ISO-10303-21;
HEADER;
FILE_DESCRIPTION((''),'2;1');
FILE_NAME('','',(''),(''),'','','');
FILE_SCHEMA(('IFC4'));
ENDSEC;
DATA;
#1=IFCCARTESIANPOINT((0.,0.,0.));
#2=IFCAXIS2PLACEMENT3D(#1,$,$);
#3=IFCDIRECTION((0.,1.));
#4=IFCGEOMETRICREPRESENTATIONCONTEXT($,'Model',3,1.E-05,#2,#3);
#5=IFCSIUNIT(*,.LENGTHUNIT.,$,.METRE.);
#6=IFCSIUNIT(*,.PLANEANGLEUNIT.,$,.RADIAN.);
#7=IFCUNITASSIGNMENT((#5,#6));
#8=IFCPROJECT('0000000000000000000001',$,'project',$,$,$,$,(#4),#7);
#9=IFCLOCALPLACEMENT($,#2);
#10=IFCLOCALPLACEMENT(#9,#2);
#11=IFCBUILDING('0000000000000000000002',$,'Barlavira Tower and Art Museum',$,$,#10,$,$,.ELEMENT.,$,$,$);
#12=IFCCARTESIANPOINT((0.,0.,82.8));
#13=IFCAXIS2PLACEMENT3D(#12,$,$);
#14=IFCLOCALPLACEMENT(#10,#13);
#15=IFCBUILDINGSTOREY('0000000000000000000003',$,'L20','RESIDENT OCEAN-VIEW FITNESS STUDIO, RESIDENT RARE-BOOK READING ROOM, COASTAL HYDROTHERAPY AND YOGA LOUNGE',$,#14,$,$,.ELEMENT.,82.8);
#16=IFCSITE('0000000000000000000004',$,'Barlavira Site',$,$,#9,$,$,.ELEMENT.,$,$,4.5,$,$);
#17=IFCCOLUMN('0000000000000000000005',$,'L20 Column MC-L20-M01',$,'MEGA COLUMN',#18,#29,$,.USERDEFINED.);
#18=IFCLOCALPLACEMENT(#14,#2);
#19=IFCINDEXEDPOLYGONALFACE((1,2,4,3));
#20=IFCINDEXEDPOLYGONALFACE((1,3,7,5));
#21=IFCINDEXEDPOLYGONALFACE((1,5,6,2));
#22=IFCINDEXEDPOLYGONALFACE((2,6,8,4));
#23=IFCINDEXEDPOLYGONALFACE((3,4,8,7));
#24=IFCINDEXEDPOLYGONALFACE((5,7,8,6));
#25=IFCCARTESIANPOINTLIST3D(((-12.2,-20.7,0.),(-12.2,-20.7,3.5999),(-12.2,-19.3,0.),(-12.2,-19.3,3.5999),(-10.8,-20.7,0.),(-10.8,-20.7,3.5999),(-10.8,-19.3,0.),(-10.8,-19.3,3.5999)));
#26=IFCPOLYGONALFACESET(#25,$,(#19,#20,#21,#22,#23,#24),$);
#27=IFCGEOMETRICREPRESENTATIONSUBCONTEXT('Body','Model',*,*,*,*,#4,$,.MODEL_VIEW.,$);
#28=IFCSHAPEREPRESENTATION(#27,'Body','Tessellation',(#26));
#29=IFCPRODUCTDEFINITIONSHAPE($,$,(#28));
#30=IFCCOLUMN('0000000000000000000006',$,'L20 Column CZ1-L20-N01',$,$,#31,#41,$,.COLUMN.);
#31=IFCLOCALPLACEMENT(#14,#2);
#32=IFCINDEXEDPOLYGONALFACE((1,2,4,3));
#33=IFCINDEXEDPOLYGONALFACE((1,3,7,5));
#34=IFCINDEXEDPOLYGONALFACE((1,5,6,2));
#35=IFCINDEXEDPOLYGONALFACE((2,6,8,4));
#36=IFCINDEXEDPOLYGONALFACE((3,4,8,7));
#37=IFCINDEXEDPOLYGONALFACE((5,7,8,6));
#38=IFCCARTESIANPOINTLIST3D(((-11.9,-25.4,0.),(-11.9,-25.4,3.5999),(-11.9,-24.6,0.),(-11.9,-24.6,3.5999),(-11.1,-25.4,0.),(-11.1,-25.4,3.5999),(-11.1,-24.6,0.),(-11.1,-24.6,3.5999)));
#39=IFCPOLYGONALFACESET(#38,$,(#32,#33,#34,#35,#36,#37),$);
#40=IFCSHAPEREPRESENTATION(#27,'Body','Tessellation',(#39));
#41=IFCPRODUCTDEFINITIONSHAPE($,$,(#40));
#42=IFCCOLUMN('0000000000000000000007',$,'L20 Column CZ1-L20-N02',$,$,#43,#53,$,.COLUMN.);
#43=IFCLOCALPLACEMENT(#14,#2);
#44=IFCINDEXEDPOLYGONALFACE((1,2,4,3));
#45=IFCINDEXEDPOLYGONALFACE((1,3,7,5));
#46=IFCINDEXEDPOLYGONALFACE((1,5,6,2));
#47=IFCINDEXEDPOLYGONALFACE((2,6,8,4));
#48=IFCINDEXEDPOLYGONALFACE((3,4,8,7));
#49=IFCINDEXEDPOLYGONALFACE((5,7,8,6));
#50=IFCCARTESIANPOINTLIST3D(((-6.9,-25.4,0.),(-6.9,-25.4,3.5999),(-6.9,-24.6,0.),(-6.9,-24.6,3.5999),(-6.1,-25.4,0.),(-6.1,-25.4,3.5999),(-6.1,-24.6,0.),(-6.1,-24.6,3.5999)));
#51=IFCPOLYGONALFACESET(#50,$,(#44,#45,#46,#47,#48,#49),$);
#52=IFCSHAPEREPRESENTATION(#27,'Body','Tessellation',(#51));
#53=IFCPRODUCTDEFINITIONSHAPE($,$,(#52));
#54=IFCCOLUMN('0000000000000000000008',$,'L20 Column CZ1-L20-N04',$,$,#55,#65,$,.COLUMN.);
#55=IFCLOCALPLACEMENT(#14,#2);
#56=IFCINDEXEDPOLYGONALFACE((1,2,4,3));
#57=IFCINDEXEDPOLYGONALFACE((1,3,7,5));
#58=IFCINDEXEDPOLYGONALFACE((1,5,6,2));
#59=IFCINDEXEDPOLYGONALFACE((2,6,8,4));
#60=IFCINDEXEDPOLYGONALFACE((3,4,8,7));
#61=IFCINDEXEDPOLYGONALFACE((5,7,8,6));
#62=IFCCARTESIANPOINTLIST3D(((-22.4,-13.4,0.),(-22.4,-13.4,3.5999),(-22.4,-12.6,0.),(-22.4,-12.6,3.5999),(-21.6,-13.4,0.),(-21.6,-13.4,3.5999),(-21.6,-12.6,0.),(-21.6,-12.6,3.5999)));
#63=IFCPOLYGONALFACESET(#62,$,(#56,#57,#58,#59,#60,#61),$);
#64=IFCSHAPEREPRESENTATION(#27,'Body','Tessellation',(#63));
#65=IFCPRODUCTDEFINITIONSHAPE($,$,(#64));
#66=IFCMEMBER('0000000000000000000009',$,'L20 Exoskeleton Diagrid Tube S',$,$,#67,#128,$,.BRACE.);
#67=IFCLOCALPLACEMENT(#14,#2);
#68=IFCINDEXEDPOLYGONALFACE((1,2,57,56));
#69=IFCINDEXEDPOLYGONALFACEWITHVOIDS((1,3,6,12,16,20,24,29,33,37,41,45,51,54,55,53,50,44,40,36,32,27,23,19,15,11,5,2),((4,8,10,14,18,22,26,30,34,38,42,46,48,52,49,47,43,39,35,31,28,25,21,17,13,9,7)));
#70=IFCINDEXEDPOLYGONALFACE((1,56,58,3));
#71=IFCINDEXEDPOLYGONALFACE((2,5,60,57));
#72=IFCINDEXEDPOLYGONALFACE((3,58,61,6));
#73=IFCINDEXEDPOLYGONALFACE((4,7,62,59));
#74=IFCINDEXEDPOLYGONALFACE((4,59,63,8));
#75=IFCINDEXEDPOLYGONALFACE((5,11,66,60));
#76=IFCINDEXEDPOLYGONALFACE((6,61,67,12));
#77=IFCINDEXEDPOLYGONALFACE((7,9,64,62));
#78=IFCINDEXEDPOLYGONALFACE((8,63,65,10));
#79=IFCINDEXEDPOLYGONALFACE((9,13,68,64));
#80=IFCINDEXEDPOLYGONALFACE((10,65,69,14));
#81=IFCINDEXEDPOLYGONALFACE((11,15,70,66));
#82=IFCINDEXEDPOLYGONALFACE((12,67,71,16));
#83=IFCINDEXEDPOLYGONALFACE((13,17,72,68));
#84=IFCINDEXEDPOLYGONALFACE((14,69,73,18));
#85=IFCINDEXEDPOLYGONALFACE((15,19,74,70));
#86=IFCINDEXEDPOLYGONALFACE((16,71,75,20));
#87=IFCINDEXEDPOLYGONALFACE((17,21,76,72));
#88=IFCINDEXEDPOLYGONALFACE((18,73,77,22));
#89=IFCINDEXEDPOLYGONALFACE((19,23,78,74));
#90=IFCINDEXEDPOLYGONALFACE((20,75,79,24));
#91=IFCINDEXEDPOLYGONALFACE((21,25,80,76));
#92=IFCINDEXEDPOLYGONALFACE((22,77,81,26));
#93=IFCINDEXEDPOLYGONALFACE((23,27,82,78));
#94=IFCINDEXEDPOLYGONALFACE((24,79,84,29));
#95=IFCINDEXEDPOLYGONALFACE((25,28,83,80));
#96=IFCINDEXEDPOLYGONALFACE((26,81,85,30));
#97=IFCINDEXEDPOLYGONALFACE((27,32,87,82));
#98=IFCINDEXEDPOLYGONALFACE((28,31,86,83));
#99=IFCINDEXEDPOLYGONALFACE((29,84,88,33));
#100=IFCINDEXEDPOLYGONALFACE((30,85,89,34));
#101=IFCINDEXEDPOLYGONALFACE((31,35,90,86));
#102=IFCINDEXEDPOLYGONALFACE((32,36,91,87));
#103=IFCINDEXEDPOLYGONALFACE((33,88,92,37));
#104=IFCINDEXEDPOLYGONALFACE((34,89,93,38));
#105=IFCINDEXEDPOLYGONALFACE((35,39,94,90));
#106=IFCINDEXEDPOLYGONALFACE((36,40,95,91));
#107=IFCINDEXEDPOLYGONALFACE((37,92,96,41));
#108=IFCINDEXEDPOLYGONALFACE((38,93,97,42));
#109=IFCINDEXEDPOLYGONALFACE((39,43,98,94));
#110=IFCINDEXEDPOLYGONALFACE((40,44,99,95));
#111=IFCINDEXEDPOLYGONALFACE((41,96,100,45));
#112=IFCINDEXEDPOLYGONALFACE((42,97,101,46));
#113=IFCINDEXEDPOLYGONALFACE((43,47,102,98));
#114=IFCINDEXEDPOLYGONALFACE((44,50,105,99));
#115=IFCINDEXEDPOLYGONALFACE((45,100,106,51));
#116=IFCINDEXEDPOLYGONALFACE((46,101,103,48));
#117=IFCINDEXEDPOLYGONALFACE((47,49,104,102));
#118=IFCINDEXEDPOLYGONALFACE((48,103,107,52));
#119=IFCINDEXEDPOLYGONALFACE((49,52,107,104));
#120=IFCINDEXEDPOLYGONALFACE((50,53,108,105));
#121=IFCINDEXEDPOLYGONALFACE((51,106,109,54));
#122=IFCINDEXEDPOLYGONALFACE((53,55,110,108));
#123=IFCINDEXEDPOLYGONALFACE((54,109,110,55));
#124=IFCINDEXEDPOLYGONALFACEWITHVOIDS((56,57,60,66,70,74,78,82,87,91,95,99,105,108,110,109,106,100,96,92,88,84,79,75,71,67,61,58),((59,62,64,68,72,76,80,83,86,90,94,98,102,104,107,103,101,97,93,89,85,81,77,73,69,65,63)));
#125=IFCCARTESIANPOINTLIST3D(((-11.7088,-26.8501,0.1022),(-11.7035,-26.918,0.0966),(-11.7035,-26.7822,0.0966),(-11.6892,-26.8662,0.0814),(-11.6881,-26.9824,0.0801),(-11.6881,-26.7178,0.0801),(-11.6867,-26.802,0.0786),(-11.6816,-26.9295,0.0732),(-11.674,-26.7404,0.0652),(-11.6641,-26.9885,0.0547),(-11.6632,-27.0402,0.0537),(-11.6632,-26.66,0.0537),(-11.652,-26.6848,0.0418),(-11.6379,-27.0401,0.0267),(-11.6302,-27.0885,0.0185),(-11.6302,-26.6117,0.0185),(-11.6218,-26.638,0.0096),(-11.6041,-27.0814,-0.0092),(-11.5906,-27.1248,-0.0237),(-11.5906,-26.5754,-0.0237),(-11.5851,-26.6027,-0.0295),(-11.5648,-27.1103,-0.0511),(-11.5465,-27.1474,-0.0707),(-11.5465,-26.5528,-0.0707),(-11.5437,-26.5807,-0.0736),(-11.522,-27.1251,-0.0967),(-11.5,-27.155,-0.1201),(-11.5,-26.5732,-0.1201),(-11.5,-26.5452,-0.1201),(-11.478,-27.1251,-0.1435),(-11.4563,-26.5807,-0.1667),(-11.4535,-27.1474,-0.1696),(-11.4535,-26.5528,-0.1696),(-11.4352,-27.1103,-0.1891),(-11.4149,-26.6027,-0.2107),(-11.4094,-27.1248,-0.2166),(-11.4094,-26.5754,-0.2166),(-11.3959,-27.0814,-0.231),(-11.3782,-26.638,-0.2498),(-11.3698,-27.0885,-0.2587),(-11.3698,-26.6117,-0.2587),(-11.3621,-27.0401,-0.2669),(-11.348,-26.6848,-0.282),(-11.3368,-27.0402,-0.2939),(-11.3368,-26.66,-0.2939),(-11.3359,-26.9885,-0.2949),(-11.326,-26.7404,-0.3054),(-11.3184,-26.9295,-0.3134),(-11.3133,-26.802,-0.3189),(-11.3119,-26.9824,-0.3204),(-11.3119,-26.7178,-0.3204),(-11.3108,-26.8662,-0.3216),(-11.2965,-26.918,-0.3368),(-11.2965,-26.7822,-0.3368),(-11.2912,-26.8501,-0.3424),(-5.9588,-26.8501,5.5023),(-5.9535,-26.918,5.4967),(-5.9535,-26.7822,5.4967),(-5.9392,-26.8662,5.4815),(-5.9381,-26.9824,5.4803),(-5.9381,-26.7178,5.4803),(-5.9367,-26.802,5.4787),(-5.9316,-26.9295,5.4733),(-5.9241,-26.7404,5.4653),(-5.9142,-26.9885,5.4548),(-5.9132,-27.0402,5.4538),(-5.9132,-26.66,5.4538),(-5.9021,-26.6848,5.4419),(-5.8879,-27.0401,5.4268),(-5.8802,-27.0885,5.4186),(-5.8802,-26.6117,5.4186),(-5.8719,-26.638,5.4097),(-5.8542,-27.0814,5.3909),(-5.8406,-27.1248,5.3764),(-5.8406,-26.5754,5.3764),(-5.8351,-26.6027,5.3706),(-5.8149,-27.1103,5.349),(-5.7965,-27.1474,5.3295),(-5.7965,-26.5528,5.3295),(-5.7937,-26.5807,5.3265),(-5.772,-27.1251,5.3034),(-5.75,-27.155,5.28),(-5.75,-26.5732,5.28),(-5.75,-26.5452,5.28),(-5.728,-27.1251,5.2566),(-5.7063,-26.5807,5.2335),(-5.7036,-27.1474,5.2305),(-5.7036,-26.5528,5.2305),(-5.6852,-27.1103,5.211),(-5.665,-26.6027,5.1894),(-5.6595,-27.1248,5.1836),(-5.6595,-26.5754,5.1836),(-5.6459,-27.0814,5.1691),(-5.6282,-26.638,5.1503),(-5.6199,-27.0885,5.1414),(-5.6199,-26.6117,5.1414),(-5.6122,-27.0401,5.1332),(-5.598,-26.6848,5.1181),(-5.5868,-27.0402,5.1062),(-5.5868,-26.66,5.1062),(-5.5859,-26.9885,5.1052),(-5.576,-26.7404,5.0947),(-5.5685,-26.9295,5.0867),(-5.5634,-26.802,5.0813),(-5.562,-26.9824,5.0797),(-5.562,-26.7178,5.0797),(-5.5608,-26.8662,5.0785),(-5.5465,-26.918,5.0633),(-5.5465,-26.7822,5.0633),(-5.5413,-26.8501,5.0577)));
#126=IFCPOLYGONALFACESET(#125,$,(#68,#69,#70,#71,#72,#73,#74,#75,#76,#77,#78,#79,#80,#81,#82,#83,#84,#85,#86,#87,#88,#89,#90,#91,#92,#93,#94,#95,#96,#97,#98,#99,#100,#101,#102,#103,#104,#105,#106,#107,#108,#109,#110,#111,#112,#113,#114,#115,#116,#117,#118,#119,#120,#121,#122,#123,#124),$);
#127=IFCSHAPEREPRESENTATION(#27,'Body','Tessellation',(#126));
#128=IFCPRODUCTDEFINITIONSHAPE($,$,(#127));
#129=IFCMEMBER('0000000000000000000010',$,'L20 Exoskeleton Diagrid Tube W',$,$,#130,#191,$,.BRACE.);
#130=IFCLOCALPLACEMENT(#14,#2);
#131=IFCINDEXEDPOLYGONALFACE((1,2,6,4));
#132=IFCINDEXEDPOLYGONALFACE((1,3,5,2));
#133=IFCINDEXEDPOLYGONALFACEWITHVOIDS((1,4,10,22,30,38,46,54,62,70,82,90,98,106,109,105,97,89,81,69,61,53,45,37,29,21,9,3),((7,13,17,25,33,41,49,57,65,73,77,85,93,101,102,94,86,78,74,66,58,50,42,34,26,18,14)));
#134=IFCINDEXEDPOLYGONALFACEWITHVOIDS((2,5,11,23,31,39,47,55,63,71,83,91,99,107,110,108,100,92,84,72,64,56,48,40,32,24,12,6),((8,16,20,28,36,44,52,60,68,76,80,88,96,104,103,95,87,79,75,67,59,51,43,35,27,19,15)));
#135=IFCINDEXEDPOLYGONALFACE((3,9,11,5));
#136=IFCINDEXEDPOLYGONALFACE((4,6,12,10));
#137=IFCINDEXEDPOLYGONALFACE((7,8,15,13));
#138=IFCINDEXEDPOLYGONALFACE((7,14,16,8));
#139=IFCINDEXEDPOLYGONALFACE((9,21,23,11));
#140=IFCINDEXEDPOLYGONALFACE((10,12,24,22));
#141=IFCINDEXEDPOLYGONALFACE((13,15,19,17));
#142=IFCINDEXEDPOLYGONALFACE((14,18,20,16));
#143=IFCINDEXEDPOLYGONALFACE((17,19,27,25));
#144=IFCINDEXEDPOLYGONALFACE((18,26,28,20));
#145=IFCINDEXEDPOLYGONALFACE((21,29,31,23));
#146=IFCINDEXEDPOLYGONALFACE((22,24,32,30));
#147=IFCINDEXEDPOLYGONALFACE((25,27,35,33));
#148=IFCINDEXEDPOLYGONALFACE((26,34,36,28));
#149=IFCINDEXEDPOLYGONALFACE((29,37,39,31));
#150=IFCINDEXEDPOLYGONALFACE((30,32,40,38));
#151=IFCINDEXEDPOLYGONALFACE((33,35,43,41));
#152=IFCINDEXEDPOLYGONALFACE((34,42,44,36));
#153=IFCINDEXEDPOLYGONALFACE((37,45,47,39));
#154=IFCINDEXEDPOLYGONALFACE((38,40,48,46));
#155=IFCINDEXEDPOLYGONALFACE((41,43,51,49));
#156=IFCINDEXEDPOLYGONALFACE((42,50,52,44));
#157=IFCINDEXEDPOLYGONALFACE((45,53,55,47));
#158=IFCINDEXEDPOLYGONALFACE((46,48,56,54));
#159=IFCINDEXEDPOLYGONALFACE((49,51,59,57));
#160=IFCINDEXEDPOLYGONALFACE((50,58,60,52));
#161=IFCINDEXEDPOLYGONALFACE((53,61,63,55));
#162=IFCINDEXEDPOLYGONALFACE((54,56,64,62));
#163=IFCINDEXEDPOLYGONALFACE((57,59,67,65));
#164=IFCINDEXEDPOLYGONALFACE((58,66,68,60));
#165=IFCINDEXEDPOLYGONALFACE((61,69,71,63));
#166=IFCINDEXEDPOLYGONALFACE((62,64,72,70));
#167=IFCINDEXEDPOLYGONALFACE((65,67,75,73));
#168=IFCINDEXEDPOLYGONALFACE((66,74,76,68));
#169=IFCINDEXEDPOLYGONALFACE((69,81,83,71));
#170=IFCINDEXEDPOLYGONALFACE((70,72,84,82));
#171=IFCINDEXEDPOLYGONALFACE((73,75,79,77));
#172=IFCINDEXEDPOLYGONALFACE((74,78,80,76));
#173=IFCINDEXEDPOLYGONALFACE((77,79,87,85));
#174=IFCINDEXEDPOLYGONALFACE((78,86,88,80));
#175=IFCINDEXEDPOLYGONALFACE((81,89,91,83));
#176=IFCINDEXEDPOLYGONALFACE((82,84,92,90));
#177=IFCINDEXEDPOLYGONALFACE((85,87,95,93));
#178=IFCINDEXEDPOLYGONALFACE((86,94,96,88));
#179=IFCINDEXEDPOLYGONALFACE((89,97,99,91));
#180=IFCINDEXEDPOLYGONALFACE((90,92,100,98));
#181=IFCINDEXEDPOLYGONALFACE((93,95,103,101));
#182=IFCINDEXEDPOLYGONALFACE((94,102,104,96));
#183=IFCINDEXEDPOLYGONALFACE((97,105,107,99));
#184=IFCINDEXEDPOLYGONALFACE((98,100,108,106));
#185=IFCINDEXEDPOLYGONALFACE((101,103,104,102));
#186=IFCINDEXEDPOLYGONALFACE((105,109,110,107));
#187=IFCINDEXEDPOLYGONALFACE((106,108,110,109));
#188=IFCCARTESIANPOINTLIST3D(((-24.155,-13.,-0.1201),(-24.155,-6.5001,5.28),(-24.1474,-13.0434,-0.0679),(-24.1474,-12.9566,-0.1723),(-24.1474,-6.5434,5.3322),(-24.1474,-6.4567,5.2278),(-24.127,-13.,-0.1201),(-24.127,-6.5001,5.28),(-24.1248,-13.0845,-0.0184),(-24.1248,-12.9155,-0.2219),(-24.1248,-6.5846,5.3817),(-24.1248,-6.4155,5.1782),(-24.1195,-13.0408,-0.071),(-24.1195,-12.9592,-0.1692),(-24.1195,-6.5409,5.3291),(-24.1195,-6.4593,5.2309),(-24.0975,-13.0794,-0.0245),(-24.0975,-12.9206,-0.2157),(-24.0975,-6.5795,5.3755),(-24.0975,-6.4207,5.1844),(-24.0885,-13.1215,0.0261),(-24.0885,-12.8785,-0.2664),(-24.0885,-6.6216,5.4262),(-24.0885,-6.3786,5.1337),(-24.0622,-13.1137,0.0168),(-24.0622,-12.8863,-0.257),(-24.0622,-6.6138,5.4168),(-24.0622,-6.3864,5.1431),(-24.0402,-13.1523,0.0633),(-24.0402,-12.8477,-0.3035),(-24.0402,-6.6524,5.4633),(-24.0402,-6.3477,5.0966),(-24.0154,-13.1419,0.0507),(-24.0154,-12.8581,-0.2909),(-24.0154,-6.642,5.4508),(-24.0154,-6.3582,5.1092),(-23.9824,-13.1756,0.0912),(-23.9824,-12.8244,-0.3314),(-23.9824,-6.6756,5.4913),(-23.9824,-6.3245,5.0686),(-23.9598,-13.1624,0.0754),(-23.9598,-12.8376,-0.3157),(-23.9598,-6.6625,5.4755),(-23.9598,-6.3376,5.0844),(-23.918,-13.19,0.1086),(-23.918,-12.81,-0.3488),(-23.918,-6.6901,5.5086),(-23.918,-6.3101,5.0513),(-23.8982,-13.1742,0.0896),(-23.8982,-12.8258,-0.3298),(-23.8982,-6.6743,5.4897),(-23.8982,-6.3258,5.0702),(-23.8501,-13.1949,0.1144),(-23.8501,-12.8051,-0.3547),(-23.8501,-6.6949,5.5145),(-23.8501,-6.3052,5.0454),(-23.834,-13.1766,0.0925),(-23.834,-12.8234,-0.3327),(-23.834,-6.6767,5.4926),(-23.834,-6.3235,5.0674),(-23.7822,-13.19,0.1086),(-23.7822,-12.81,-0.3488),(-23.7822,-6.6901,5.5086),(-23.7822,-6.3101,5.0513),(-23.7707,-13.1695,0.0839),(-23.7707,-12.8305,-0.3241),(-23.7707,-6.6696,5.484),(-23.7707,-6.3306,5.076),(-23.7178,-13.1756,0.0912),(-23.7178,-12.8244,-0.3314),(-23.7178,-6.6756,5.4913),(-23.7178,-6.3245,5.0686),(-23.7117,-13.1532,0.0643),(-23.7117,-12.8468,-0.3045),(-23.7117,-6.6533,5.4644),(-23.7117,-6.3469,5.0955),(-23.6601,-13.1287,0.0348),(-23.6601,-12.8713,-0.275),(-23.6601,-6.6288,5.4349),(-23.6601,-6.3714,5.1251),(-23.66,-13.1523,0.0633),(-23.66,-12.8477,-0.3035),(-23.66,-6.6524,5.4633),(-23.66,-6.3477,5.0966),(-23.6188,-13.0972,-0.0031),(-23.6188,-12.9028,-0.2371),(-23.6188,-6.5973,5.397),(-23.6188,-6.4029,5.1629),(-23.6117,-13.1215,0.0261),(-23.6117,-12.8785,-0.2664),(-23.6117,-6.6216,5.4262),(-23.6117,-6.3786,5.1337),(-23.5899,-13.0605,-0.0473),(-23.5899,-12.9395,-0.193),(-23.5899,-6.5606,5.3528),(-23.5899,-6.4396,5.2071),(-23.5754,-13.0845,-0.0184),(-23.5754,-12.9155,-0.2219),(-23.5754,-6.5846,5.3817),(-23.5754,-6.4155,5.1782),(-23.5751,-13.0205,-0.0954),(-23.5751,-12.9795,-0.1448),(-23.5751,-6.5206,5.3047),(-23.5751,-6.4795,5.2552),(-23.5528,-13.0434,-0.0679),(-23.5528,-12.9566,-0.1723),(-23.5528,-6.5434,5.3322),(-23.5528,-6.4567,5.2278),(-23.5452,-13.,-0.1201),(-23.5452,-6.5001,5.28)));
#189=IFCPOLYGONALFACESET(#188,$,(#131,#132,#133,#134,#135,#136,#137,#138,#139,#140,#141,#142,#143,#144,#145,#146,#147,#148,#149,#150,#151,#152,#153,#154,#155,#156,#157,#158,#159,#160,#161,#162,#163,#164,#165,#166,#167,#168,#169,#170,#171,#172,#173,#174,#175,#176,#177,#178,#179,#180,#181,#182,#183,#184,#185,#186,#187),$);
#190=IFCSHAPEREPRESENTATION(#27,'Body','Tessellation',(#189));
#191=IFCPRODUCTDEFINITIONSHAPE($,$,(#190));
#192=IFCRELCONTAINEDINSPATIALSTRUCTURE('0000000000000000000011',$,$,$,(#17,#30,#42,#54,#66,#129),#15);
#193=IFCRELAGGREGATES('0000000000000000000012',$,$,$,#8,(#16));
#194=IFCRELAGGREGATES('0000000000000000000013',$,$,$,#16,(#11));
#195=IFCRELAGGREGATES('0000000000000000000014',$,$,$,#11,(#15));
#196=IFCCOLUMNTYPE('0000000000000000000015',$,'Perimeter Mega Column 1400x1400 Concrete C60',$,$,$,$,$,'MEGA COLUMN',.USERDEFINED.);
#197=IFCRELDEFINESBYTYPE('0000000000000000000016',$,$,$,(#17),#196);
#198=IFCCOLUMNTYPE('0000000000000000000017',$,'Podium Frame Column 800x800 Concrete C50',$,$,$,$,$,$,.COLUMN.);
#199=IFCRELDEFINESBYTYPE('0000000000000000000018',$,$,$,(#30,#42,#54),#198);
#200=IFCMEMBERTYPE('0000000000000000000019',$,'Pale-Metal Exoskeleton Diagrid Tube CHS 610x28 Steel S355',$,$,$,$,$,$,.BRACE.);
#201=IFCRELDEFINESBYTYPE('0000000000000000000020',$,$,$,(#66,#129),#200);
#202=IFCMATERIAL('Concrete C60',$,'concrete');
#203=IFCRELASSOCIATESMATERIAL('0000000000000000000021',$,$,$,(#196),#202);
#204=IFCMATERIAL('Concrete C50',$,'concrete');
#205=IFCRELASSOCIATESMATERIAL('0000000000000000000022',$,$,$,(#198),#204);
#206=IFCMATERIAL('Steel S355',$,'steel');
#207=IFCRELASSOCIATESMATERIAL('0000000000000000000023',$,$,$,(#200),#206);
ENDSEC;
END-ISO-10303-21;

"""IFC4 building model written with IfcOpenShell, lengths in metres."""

from ifc_helpers import new_model, si_unit, direction, frame, origin, origin_2d, place, context, subcontext, project, spatial, rectangle, hollow_circle, extrude, material, material_profile, profile_set, type_object, element, save


model = new_model("IFC4")

# Units and contexts
model_context = context("Model", 3, precision=1e-05, world=origin(), true_north=direction((0.0, 1.0)))
body_context = subcontext(model_context, "Body", "Model", "MODEL_VIEW")
ifc_project = project(units=[si_unit("LENGTHUNIT", "METRE"), si_unit("PLANEANGLEUNIT", "RADIAN")], contexts=[model_context])

# Site, building, storey
site_placement = place(None, origin())
site = spatial("IfcSite", under=ifc_project, at=site_placement, Name="Barlavira Site", CompositionType="ELEMENT", RefElevation=4.5)
building_placement = place(site_placement, origin())
building = spatial("IfcBuilding", under=site, at=building_placement, Name="Barlavira Tower and Art Museum", CompositionType="ELEMENT")
storey_placement = place(building_placement, frame((0.0, 0.0, 82.8)))
storey = spatial("IfcBuildingStorey", under=building, at=storey_placement, Name="L20", Description="RESIDENT OCEAN-VIEW FITNESS STUDIO, RESIDENT RARE-BOOK READING ROOM, COASTAL HYDROTHERAPY AND YOGA LOUNGE", CompositionType="ELEMENT", Elevation=82.8)

# Columns
ifc_material_1 = material(Name="Concrete C60", Category="concrete")
ifc_material_profile_1 = material_profile(ifc_material_1, rectangle(XDim=1.3999, YDim=1.3999, at=origin_2d()), Name="RC-MCOL 1400x1400")
ifc_profile_set_1 = profile_set([ifc_material_profile_1], Name="Concrete C60")
column_type_1 = type_object("IfcColumnType", Name="Perimeter Mega Column 1400x1400 Concrete C60", ElementType="MEGA COLUMN", PredefinedType="USERDEFINED", material=ifc_profile_set_1)
column_placement = place(storey_placement, frame((-11.5, -20.0, 0.0), z_axis=(0.0, 0.0, 1.0), x_axis=(1.0, 0.0, 0.0)))
element("IfcColumn", 1, at=column_placement, inside=storey, type_object=column_type_1, Name="L20 Column MC-L20-M01", ObjectType="MEGA COLUMN", PredefinedType="USERDEFINED", context=body_context, shape_type="SweptSolid", body=[
    extrude(rectangle(XDim=1.3999, YDim=1.3999, at=origin_2d()), origin(), (0.0, 0.0, 1.0), 3.5999),
])
ifc_material_2 = material(Name="Concrete C50", Category="concrete")
ifc_material_profile_2 = material_profile(ifc_material_2, rectangle(XDim=0.8, YDim=0.8, at=origin_2d()), Name="RC-COL 800x800")
ifc_profile_set_2 = profile_set([ifc_material_profile_2], Name="Concrete C50")
column_type_2 = type_object("IfcColumnType", Name="Podium Frame Column 800x800 Concrete C50", PredefinedType="COLUMN", material=ifc_profile_set_2)
for number, where, z_axis, x_axis, name in (
    (2, (-11.5, -25.0, 0.0), (0.0, 0.0, 1.0), (1.0, 0.0, 0.0), "L20 Column CZ1-L20-N01"),
    (3, (-6.5, -25.0, 0.0), (0.0, 0.0, 1.0), (1.0, 0.0, 0.0), "L20 Column CZ1-L20-N02"),
    (4, (-22.0, -13.0, 0.0), (0.0, 0.0, 1.0), (1.0, 0.0, 0.0), "L20 Column CZ1-L20-N04"),
):
    element("IfcColumn", number, at=place(storey_placement, frame(where, z_axis=z_axis, x_axis=x_axis)), inside=storey, type_object=column_type_2, Name=name, PredefinedType="COLUMN", context=body_context, shape_type="SweptSolid", body=[
        extrude(rectangle(XDim=0.8, YDim=0.8, at=origin_2d()), origin(), (0.0, 0.0, 1.0), 3.5999),
    ])

# Members
ifc_material_3 = material(Name="Steel S355", Category="steel")
ifc_material_profile_3 = material_profile(ifc_material_3, hollow_circle(Radius=0.3049, WallThickness=0.0281, at=origin_2d()), Name="CHS 610.0x28.0")
ifc_profile_set_3 = profile_set([ifc_material_profile_3], Name="Steel S355")
member_type_1 = type_object("IfcMemberType", Name="Pale-Metal Exoskeleton Diagrid Tube CHS 610x28 Steel S355", PredefinedType="BRACE", material=ifc_profile_set_3)
member_1_placement = place(storey_placement, frame((-11.5, -26.8501, -0.1201), z_axis=(0.728935, 0.0, 0.684583), x_axis=(0.0, 1.0, 0.0)))
element("IfcMember", 5, at=member_1_placement, inside=storey, type_object=member_type_1, Name="L20 Exoskeleton Diagrid Tube S", PredefinedType="BRACE", context=body_context, shape_type="SweptSolid", body=[
    extrude(hollow_circle(Radius=0.3049, WallThickness=0.0281, at=origin_2d()), origin(), (0.0, 0.0, 1.0), 7.8882),
])
member_2_placement = place(storey_placement, frame((-23.8501, -13.0, -0.1201), z_axis=(0.0, 0.769182, 0.63903), x_axis=(-1.0, 0.0, 0.0)))
element("IfcMember", 6, at=member_2_placement, inside=storey, type_object=member_type_1, Name="L20 Exoskeleton Diagrid Tube W", PredefinedType="BRACE", context=body_context, shape_type="SweptSolid", body=[
    extrude(hollow_circle(Radius=0.3049, WallThickness=0.0281, at=origin_2d()), origin(), (0.0, 0.0, 1.0), 8.4504),
])

save(model, "model.ifc")
